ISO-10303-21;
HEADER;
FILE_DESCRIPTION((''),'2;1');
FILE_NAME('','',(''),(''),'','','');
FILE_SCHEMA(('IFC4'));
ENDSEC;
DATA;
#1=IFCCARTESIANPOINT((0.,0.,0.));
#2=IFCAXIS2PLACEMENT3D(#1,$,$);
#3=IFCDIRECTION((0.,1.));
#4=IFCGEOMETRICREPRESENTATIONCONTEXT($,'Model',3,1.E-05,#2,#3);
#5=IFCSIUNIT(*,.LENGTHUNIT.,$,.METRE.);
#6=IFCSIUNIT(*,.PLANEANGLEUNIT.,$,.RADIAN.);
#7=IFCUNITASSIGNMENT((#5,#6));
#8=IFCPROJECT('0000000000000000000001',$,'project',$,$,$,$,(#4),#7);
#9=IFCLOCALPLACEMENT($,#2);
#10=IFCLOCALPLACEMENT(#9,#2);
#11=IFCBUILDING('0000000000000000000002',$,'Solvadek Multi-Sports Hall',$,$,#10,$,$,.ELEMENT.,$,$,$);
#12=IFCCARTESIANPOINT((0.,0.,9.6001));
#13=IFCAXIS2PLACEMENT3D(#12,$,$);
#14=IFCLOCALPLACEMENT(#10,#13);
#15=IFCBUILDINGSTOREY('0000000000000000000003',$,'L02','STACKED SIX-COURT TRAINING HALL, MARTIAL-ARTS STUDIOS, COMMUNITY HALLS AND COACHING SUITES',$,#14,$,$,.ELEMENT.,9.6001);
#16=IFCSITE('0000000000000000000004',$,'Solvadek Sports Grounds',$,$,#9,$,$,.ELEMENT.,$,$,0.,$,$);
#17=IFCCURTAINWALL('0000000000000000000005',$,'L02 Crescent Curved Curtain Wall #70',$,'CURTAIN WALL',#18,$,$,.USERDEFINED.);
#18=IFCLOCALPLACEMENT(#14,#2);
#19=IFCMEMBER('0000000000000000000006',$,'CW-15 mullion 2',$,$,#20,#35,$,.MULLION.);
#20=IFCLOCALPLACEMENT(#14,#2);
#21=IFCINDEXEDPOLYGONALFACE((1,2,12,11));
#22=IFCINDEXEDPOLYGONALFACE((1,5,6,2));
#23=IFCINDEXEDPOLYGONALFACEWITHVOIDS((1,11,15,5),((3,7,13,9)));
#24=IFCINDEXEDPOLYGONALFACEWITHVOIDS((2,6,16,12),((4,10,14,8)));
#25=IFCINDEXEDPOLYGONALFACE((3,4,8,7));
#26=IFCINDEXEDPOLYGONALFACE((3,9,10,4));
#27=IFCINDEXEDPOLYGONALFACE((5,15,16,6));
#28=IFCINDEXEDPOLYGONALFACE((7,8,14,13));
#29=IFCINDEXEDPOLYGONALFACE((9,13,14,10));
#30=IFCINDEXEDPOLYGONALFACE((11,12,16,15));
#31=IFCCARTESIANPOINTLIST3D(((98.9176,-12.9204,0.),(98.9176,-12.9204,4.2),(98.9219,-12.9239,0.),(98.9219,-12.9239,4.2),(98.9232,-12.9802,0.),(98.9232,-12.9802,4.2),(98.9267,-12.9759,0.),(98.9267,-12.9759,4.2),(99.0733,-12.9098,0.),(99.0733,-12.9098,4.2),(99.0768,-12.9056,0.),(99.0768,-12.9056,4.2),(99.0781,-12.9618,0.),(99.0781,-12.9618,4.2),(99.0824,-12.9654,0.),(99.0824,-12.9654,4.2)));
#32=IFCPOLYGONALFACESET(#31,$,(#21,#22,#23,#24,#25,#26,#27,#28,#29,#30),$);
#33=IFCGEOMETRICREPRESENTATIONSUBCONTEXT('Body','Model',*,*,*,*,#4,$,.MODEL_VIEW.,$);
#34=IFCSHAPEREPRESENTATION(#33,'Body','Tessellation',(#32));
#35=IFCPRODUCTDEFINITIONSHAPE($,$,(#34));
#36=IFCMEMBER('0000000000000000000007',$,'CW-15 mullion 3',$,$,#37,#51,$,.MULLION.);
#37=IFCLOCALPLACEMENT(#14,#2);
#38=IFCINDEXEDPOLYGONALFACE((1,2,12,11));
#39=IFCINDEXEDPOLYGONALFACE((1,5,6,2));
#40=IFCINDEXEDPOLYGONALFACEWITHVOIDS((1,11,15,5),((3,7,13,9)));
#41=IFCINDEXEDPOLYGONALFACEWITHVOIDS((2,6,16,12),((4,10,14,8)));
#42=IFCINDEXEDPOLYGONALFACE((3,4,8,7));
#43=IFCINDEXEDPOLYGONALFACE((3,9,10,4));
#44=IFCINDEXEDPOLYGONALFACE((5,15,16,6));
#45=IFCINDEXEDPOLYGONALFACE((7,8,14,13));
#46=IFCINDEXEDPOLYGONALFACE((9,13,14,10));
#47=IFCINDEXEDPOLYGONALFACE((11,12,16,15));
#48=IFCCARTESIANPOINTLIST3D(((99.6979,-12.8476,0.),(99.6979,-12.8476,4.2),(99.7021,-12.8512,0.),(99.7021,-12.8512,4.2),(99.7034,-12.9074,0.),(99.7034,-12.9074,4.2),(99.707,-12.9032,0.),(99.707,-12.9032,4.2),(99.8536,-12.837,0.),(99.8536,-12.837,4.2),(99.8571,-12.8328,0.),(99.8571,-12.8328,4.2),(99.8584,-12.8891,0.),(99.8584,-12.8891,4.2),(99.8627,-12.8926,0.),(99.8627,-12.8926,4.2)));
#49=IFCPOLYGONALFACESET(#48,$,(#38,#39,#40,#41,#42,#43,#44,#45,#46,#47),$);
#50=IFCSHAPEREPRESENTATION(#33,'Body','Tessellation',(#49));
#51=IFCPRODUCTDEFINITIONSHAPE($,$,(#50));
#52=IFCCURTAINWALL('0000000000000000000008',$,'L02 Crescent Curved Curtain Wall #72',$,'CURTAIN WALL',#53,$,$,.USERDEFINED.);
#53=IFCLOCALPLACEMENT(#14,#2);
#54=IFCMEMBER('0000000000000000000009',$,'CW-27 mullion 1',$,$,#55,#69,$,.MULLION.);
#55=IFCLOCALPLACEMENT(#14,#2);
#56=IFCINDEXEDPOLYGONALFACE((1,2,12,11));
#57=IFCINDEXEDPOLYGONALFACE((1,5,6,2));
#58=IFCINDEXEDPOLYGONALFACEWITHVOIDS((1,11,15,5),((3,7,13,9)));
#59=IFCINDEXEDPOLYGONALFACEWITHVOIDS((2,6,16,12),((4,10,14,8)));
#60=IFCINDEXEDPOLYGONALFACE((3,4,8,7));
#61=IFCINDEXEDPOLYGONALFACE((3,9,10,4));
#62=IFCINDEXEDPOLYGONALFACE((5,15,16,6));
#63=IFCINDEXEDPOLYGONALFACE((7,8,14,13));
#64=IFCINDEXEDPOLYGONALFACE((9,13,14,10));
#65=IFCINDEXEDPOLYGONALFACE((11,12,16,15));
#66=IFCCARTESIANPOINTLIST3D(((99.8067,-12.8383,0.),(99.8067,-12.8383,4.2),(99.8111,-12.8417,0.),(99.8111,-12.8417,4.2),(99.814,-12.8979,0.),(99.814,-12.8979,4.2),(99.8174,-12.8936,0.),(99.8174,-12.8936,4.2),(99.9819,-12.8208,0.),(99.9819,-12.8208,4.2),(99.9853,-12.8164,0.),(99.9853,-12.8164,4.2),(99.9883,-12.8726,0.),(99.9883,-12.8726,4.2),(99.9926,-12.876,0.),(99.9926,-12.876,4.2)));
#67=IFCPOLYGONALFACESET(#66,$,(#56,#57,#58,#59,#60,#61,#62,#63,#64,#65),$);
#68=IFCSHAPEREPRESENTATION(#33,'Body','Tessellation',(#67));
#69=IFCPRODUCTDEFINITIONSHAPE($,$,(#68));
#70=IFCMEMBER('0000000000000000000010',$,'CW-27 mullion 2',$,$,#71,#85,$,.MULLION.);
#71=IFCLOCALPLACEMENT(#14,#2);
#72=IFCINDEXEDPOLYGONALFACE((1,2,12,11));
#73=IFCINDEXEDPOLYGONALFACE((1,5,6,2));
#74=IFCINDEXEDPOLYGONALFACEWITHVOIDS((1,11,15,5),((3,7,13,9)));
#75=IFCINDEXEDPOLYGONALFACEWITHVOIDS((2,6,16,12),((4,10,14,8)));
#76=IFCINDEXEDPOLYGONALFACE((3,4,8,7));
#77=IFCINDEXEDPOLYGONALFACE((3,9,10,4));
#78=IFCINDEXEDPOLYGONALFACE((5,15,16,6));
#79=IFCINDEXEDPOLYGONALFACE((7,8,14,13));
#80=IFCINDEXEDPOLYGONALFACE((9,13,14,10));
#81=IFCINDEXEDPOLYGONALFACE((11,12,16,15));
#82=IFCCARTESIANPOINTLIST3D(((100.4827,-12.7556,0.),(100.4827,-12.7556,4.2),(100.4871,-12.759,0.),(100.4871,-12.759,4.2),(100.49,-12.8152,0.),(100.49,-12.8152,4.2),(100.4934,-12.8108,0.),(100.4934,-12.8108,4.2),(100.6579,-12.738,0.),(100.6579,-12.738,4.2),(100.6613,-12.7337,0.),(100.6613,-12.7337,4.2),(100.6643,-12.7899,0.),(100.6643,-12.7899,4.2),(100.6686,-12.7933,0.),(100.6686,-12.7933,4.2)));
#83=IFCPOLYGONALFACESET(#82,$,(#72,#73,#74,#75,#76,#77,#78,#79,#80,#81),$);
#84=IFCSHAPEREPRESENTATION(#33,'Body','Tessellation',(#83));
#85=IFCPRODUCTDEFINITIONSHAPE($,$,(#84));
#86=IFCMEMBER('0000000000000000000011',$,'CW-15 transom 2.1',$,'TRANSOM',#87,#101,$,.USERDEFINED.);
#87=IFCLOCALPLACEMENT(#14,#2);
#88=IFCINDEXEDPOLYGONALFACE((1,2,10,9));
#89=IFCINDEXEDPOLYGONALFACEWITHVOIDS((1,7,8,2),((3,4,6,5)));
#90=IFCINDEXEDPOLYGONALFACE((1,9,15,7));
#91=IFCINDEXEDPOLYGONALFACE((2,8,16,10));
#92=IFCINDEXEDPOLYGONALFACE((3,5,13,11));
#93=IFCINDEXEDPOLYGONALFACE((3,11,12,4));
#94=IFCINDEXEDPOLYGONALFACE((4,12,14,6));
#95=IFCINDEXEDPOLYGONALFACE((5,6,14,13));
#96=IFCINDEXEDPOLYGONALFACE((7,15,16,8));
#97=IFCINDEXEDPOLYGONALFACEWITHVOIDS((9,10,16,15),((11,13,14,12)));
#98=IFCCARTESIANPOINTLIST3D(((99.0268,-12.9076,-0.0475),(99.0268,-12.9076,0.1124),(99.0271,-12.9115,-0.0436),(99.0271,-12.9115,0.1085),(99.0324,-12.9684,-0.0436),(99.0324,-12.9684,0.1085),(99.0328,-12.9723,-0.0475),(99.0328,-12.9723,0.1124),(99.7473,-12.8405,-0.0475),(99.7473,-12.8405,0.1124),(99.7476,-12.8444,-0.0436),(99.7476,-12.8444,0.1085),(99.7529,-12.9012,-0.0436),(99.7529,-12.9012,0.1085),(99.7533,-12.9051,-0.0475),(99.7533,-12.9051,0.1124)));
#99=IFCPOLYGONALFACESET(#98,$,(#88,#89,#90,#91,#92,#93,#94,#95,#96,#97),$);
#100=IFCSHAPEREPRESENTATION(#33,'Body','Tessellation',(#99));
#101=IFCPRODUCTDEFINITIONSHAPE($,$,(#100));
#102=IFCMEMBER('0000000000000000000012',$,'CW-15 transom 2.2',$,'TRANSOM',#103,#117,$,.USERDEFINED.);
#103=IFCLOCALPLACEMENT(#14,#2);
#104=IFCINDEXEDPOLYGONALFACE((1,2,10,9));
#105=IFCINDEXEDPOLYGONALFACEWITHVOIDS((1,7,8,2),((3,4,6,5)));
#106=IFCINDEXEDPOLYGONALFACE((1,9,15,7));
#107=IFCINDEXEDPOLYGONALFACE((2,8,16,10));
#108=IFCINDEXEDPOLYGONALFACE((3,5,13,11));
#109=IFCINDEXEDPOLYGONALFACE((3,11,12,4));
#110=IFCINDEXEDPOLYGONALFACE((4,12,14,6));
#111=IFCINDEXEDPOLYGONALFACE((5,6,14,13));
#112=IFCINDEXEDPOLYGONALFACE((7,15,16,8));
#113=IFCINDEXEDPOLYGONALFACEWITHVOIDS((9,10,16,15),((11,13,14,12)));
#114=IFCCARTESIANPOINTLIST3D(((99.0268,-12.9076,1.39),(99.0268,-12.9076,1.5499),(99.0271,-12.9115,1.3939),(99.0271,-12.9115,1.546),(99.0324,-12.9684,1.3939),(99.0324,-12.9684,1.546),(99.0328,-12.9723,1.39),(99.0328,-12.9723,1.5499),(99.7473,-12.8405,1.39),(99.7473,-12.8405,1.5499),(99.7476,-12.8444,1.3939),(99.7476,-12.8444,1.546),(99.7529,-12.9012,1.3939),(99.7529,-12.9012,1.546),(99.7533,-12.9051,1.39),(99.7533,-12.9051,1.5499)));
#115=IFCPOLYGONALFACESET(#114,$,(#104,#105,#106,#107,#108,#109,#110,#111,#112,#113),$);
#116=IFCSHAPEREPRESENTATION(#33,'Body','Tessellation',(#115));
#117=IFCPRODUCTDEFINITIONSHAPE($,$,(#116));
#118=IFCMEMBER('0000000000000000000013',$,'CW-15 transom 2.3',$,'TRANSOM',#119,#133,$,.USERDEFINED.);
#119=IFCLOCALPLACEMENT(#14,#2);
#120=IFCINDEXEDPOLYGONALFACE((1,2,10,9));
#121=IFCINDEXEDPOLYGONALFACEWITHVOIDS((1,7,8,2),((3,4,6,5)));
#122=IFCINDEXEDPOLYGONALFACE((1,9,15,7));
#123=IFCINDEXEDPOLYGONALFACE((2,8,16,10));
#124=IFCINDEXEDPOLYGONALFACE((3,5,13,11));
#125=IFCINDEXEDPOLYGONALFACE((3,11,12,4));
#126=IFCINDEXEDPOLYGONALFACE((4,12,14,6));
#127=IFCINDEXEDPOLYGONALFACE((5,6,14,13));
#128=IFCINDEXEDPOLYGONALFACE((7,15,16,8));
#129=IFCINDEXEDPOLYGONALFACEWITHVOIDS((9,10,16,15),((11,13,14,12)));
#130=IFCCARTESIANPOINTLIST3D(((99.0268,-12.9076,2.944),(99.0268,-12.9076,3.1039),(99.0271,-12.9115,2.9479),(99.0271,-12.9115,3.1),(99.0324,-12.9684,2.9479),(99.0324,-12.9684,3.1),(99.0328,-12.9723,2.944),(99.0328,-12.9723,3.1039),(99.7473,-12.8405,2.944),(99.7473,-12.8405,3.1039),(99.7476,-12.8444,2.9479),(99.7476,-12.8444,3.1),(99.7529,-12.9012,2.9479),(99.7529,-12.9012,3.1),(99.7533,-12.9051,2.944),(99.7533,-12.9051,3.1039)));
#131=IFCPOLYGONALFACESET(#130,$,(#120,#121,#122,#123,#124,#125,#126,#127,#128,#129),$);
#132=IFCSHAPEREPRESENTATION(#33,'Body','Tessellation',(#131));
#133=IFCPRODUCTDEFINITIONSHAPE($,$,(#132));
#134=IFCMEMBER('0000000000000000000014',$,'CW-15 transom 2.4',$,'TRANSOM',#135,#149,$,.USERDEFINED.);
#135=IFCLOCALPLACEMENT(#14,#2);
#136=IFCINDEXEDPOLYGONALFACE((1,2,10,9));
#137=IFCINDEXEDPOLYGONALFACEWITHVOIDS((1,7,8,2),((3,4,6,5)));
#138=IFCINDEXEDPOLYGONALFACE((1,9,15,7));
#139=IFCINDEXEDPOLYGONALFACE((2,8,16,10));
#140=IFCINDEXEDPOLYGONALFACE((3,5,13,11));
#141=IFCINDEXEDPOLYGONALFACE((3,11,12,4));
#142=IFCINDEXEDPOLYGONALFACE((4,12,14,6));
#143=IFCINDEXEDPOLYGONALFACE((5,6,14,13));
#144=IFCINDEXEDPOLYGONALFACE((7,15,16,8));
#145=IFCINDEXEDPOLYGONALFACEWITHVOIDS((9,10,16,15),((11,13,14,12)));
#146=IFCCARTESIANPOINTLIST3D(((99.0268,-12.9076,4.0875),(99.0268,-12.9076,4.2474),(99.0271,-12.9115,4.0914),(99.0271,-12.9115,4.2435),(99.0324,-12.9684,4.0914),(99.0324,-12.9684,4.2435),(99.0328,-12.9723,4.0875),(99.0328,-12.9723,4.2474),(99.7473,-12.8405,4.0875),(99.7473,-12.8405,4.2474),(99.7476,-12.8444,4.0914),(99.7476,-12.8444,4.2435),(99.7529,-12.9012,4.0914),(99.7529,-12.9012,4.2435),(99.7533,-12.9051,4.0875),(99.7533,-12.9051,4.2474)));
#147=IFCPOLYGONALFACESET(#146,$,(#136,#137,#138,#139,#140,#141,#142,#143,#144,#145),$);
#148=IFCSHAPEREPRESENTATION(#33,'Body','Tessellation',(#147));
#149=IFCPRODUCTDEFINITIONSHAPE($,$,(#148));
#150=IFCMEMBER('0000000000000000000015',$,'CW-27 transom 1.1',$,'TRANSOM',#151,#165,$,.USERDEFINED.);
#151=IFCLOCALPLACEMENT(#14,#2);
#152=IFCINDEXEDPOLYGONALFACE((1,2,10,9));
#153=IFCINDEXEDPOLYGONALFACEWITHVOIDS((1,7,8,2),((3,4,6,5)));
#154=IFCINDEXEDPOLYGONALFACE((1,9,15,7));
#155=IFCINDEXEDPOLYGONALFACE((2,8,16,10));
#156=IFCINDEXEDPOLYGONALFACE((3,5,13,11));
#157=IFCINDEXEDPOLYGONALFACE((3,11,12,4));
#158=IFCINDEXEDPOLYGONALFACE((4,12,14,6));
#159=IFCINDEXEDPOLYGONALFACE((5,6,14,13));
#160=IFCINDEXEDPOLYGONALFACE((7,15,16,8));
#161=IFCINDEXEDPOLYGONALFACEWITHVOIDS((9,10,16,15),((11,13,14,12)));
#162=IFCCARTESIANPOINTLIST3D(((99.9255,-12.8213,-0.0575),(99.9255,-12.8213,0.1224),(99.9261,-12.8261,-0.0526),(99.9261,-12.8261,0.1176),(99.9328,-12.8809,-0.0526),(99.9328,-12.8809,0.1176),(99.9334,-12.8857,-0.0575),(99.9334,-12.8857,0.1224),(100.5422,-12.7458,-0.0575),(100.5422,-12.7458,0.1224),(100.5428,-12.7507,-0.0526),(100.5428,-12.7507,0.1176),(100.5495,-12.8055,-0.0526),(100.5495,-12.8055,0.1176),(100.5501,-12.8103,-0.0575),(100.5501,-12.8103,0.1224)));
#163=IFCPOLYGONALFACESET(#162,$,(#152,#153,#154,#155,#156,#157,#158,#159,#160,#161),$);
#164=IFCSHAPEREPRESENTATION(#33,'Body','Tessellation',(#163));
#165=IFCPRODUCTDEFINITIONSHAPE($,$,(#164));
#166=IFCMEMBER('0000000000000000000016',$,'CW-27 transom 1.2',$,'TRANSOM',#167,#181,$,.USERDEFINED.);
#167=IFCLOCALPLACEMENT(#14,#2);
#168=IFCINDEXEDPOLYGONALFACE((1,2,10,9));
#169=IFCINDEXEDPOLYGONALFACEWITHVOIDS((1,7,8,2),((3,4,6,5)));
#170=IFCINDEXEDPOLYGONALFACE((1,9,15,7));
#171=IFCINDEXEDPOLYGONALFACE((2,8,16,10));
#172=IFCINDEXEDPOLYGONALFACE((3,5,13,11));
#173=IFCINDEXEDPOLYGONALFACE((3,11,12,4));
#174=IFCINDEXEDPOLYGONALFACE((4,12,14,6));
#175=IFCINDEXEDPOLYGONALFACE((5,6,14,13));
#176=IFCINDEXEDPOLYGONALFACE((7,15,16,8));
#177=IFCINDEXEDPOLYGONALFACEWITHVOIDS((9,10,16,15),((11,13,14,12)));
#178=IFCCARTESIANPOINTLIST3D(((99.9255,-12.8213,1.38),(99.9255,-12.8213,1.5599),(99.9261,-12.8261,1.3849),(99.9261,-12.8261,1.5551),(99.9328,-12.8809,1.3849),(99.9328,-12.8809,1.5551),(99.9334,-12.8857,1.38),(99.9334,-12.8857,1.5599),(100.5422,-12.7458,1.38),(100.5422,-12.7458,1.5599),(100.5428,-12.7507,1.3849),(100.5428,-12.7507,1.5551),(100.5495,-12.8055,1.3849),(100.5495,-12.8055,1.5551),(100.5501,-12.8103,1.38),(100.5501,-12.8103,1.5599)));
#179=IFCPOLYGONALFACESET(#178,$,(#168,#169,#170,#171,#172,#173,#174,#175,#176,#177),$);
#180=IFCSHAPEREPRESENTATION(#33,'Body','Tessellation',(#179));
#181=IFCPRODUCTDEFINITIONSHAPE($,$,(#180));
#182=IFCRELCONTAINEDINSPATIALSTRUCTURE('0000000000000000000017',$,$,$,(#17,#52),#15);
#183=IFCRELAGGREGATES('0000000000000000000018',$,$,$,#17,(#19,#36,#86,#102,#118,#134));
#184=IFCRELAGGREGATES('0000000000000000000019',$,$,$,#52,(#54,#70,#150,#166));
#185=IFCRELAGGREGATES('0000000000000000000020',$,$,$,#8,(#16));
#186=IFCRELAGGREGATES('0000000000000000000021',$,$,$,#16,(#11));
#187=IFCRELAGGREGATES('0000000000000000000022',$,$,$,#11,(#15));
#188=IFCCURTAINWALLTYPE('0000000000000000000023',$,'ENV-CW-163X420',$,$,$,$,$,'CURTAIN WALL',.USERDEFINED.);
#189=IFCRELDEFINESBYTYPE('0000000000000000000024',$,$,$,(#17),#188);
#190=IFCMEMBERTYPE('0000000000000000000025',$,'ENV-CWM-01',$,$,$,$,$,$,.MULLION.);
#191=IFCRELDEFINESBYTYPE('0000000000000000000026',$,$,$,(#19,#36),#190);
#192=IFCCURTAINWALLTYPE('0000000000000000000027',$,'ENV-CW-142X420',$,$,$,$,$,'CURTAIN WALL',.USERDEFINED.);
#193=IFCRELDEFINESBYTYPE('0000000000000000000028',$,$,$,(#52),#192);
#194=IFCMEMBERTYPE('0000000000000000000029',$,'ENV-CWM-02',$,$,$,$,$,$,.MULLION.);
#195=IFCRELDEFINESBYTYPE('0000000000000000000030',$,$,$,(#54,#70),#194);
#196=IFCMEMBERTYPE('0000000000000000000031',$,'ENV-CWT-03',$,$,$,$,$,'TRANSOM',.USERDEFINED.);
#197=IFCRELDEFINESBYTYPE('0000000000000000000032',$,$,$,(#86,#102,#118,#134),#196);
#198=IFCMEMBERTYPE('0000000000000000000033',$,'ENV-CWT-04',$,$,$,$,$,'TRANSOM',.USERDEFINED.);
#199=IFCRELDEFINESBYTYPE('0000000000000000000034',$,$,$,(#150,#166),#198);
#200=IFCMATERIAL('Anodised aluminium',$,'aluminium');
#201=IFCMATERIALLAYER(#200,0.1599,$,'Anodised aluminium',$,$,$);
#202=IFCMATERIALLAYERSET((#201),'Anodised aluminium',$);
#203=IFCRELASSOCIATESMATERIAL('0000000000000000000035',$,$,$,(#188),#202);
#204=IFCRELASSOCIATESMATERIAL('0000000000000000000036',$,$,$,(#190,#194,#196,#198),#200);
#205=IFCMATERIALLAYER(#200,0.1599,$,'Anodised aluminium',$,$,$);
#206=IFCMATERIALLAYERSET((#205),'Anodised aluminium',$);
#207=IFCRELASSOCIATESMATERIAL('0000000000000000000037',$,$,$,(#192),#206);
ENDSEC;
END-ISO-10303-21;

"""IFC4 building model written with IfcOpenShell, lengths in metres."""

from ifc_helpers import new_model, si_unit, direction, frame, origin, origin_2d, place, context, subcontext, project, spatial, hollow_rectangle, extrude, material, layer, layer_set, material_profile, profile_set, type_object, element, aggregate, save


model = new_model("IFC4")

# Units and contexts
model_context = context("Model", 3, precision=1e-05, world=origin(), true_north=direction((0.0, 1.0)))
body_context = subcontext(model_context, "Body", "Model", "MODEL_VIEW")
ifc_project = project(units=[si_unit("LENGTHUNIT", "METRE"), si_unit("PLANEANGLEUNIT", "RADIAN")], contexts=[model_context])

# Site, building, storey
site_placement = place(None, origin())
site = spatial("IfcSite", under=ifc_project, at=site_placement, Name="Solvadek Sports Grounds", CompositionType="ELEMENT", RefElevation=0.0)
building_placement = place(site_placement, origin())
building = spatial("IfcBuilding", under=site, at=building_placement, Name="Solvadek Multi-Sports Hall", CompositionType="ELEMENT")
storey_placement = place(building_placement, frame((0.0, 0.0, 9.6001)))
storey = spatial("IfcBuildingStorey", under=building, at=storey_placement, Name="L02", Description="STACKED SIX-COURT TRAINING HALL, MARTIAL-ARTS STUDIOS, COMMUNITY HALLS AND COACHING SUITES", CompositionType="ELEMENT", Elevation=9.6001)

# Curtain walls, members
ifc_material_1 = material(Name="Anodised aluminium", Category="aluminium")
ifc_layer_1 = layer(ifc_material_1, 0.1599, Name="Anodised aluminium")
ifc_layer_set_1 = layer_set([ifc_layer_1], Name="Anodised aluminium")
curtain_wall_type_1 = type_object("IfcCurtainWallType", Name="ENV-CW-163X420", ElementType="CURTAIN WALL", PredefinedType="USERDEFINED", material=ifc_layer_set_1)
curtain_wall_1_placement = place(storey_placement, origin())
curtain_wall_1 = element("IfcCurtainWall", 1, at=curtain_wall_1_placement, inside=storey, type_object=curtain_wall_type_1, Name="L02 Crescent Curved Curtain Wall #70", ObjectType="CURTAIN WALL", PredefinedType="USERDEFINED")
ifc_material_profile_1 = material_profile(ifc_material_1, hollow_rectangle(XDim=0.0601, YDim=0.1599, WallThickness=0.0039, at=origin_2d()), Name="ALU-M 160x60x4")
ifc_profile_set_1 = profile_set([ifc_material_profile_1], Name="Anodised aluminium")
member_type_1 = type_object("IfcMemberType", Name="ENV-CWM-01", PredefinedType="MULLION", material=ifc_profile_set_1)
member_1_placement = place(storey_placement, frame((99.0, -12.9429, 0.0), z_axis=(0.0, 0.0, 1.0), x_axis=(-0.092796, 0.995685, 0.0)))
member_1 = element("IfcMember", 2, at=member_1_placement, type_object=member_type_1, Name="CW-15 mullion 2", PredefinedType="MULLION", context=body_context, shape_type="SweptSolid", body=[
    extrude(hollow_rectangle(XDim=0.0601, YDim=0.1599, WallThickness=0.0039, at=origin_2d()), origin(), (0.0, 0.0, 1.0), 4.2),
])
member_2_placement = place(storey_placement, frame((99.7803, -12.8701, 0.0), z_axis=(0.0, 0.0, 1.0), x_axis=(-0.092796, 0.995685, 0.0)))
member_2 = element("IfcMember", 3, at=member_2_placement, type_object=member_type_1, Name="CW-15 mullion 3", PredefinedType="MULLION", context=body_context, shape_type="SweptSolid", body=[
    extrude(hollow_rectangle(XDim=0.0601, YDim=0.1599, WallThickness=0.0039, at=origin_2d()), origin(), (0.0, 0.0, 1.0), 4.2),
])
ifc_layer_2 = layer(ifc_material_1, 0.1599, Name="Anodised aluminium")
ifc_layer_set_2 = layer_set([ifc_layer_2], Name="Anodised aluminium")
curtain_wall_type_2 = type_object("IfcCurtainWallType", Name="ENV-CW-142X420", ElementType="CURTAIN WALL", PredefinedType="USERDEFINED", material=ifc_layer_set_2)
curtain_wall_2_placement = place(storey_placement, origin())
curtain_wall_2 = element("IfcCurtainWall", 4, at=curtain_wall_2_placement, inside=storey, type_object=curtain_wall_type_2, Name="L02 Crescent Curved Curtain Wall #72", ObjectType="CURTAIN WALL", PredefinedType="USERDEFINED")
ifc_material_profile_2 = material_profile(ifc_material_1, hollow_rectangle(XDim=0.0601, YDim=0.1799, WallThickness=0.0039, at=origin_2d()), Name="ALU-M 180x60x4")
ifc_profile_set_2 = profile_set([ifc_material_profile_2], Name="Anodised aluminium")
member_type_2 = type_object("IfcMemberType", Name="ENV-CWM-02", PredefinedType="MULLION", material=ifc_profile_set_2)
member_3_placement = place(storey_placement, frame((99.8997, -12.8572, 0.0), z_axis=(0.0, 0.0, 1.0), x_axis=(-0.121681, 0.992569, 0.0)))
member_3 = element("IfcMember", 5, at=member_3_placement, type_object=member_type_2, Name="CW-27 mullion 1", PredefinedType="MULLION", context=body_context, shape_type="SweptSolid", body=[
    extrude(hollow_rectangle(XDim=0.0601, YDim=0.1799, WallThickness=0.0039, at=origin_2d()), origin(), (0.0, 0.0, 1.0), 4.2),
])
member_4_placement = place(storey_placement, frame((100.5757, -12.7744, 0.0), z_axis=(0.0, 0.0, 1.0), x_axis=(-0.121681, 0.992569, 0.0)))
member_4 = element("IfcMember", 6, at=member_4_placement, type_object=member_type_2, Name="CW-27 mullion 2", PredefinedType="MULLION", context=body_context, shape_type="SweptSolid", body=[
    extrude(hollow_rectangle(XDim=0.0601, YDim=0.1799, WallThickness=0.0039, at=origin_2d()), origin(), (0.0, 0.0, 1.0), 4.2),
])

# Members
ifc_material_profile_3 = material_profile(ifc_material_1, hollow_rectangle(XDim=0.0649, YDim=0.1599, WallThickness=0.0039, at=origin_2d()), Name="ALU-T 160x65x4")
ifc_profile_set_3 = profile_set([ifc_material_profile_3], Name="Anodised aluminium")
member_type_3 = type_object("IfcMemberType", Name="ENV-CWT-03", ElementType="TRANSOM", PredefinedType="USERDEFINED", material=ifc_profile_set_3)
member_5_placement = place(storey_placement, frame((99.0298, -12.9399, 0.0325), z_axis=(0.995686, 0.092787, 0.0), x_axis=(-0.092787, 0.995686, 0.0)))
member_5 = element("IfcMember", 7, at=member_5_placement, type_object=member_type_3, Name="CW-15 transom 2.1", ObjectType="TRANSOM", PredefinedType="USERDEFINED", context=body_context, shape_type="SweptSolid", body=[
    extrude(hollow_rectangle(XDim=0.0649, YDim=0.1599, WallThickness=0.0039, at=origin_2d()), origin(), (0.0, 0.0, 1.0), 0.7236),
])
member_6_placement = place(storey_placement, frame((99.0298, -12.9399, 1.47), z_axis=(0.995686, 0.092787, 0.0), x_axis=(-0.092787, 0.995686, 0.0)))
member_6 = element("IfcMember", 8, at=member_6_placement, type_object=member_type_3, Name="CW-15 transom 2.2", ObjectType="TRANSOM", PredefinedType="USERDEFINED", context=body_context, shape_type="SweptSolid", body=[
    extrude(hollow_rectangle(XDim=0.0649, YDim=0.1599, WallThickness=0.0039, at=origin_2d()), origin(), (0.0, 0.0, 1.0), 0.7236),
])
member_7_placement = place(storey_placement, frame((99.0298, -12.9399, 3.0239), z_axis=(0.995686, 0.092787, 0.0), x_axis=(-0.092787, 0.995686, 0.0)))
member_7 = element("IfcMember", 9, at=member_7_placement, type_object=member_type_3, Name="CW-15 transom 2.3", ObjectType="TRANSOM", PredefinedType="USERDEFINED", context=body_context, shape_type="SweptSolid", body=[
    extrude(hollow_rectangle(XDim=0.0649, YDim=0.1599, WallThickness=0.0039, at=origin_2d()), origin(), (0.0, 0.0, 1.0), 0.7236),
])
member_8_placement = place(storey_placement, frame((99.0298, -12.9399, 4.1675), z_axis=(0.995686, 0.092787, 0.0), x_axis=(-0.092787, 0.995686, 0.0)))
member_8 = element("IfcMember", 10, at=member_8_placement, type_object=member_type_3, Name="CW-15 transom 2.4", ObjectType="TRANSOM", PredefinedType="USERDEFINED", context=body_context, shape_type="SweptSolid", body=[
    extrude(hollow_rectangle(XDim=0.0649, YDim=0.1599, WallThickness=0.0039, at=origin_2d()), origin(), (0.0, 0.0, 1.0), 0.7236),
])
ifc_material_profile_4 = material_profile(ifc_material_1, hollow_rectangle(XDim=0.0649, YDim=0.1799, WallThickness=0.0049, at=origin_2d()), Name="ALU-T 180x65x5")
ifc_profile_set_4 = profile_set([ifc_material_profile_4], Name="Anodised aluminium")
member_type_4 = type_object("IfcMemberType", Name="ENV-CWT-04", ElementType="TRANSOM", PredefinedType="USERDEFINED", material=ifc_profile_set_4)
member_9_placement = place(storey_placement, frame((99.9294, -12.8535, 0.0325), z_axis=(0.992601, 0.121423, 0.0), x_axis=(-0.121423, 0.992601, 0.0)))
member_9 = element("IfcMember", 11, at=member_9_placement, type_object=member_type_4, Name="CW-27 transom 1.1", ObjectType="TRANSOM", PredefinedType="USERDEFINED", context=body_context, shape_type="SweptSolid", body=[
    extrude(hollow_rectangle(XDim=0.0649, YDim=0.1799, WallThickness=0.0049, at=origin_2d()), origin(), (0.0, 0.0, 1.0), 0.6213),
])
member_10_placement = place(storey_placement, frame((99.9294, -12.8535, 1.47), z_axis=(0.992601, 0.121423, 0.0), x_axis=(-0.121423, 0.992601, 0.0)))
member_10 = element("IfcMember", 12, at=member_10_placement, type_object=member_type_4, Name="CW-27 transom 1.2", ObjectType="TRANSOM", PredefinedType="USERDEFINED", context=body_context, shape_type="SweptSolid", body=[
    extrude(hollow_rectangle(XDim=0.0649, YDim=0.1799, WallThickness=0.0049, at=origin_2d()), origin(), (0.0, 0.0, 1.0), 0.6213),
])

aggregate(curtain_wall_1, [member_1, member_2, member_5, member_6, member_7, member_8])
aggregate(curtain_wall_2, [member_3, member_4, member_9, member_10])

save(model, "model.ifc")
